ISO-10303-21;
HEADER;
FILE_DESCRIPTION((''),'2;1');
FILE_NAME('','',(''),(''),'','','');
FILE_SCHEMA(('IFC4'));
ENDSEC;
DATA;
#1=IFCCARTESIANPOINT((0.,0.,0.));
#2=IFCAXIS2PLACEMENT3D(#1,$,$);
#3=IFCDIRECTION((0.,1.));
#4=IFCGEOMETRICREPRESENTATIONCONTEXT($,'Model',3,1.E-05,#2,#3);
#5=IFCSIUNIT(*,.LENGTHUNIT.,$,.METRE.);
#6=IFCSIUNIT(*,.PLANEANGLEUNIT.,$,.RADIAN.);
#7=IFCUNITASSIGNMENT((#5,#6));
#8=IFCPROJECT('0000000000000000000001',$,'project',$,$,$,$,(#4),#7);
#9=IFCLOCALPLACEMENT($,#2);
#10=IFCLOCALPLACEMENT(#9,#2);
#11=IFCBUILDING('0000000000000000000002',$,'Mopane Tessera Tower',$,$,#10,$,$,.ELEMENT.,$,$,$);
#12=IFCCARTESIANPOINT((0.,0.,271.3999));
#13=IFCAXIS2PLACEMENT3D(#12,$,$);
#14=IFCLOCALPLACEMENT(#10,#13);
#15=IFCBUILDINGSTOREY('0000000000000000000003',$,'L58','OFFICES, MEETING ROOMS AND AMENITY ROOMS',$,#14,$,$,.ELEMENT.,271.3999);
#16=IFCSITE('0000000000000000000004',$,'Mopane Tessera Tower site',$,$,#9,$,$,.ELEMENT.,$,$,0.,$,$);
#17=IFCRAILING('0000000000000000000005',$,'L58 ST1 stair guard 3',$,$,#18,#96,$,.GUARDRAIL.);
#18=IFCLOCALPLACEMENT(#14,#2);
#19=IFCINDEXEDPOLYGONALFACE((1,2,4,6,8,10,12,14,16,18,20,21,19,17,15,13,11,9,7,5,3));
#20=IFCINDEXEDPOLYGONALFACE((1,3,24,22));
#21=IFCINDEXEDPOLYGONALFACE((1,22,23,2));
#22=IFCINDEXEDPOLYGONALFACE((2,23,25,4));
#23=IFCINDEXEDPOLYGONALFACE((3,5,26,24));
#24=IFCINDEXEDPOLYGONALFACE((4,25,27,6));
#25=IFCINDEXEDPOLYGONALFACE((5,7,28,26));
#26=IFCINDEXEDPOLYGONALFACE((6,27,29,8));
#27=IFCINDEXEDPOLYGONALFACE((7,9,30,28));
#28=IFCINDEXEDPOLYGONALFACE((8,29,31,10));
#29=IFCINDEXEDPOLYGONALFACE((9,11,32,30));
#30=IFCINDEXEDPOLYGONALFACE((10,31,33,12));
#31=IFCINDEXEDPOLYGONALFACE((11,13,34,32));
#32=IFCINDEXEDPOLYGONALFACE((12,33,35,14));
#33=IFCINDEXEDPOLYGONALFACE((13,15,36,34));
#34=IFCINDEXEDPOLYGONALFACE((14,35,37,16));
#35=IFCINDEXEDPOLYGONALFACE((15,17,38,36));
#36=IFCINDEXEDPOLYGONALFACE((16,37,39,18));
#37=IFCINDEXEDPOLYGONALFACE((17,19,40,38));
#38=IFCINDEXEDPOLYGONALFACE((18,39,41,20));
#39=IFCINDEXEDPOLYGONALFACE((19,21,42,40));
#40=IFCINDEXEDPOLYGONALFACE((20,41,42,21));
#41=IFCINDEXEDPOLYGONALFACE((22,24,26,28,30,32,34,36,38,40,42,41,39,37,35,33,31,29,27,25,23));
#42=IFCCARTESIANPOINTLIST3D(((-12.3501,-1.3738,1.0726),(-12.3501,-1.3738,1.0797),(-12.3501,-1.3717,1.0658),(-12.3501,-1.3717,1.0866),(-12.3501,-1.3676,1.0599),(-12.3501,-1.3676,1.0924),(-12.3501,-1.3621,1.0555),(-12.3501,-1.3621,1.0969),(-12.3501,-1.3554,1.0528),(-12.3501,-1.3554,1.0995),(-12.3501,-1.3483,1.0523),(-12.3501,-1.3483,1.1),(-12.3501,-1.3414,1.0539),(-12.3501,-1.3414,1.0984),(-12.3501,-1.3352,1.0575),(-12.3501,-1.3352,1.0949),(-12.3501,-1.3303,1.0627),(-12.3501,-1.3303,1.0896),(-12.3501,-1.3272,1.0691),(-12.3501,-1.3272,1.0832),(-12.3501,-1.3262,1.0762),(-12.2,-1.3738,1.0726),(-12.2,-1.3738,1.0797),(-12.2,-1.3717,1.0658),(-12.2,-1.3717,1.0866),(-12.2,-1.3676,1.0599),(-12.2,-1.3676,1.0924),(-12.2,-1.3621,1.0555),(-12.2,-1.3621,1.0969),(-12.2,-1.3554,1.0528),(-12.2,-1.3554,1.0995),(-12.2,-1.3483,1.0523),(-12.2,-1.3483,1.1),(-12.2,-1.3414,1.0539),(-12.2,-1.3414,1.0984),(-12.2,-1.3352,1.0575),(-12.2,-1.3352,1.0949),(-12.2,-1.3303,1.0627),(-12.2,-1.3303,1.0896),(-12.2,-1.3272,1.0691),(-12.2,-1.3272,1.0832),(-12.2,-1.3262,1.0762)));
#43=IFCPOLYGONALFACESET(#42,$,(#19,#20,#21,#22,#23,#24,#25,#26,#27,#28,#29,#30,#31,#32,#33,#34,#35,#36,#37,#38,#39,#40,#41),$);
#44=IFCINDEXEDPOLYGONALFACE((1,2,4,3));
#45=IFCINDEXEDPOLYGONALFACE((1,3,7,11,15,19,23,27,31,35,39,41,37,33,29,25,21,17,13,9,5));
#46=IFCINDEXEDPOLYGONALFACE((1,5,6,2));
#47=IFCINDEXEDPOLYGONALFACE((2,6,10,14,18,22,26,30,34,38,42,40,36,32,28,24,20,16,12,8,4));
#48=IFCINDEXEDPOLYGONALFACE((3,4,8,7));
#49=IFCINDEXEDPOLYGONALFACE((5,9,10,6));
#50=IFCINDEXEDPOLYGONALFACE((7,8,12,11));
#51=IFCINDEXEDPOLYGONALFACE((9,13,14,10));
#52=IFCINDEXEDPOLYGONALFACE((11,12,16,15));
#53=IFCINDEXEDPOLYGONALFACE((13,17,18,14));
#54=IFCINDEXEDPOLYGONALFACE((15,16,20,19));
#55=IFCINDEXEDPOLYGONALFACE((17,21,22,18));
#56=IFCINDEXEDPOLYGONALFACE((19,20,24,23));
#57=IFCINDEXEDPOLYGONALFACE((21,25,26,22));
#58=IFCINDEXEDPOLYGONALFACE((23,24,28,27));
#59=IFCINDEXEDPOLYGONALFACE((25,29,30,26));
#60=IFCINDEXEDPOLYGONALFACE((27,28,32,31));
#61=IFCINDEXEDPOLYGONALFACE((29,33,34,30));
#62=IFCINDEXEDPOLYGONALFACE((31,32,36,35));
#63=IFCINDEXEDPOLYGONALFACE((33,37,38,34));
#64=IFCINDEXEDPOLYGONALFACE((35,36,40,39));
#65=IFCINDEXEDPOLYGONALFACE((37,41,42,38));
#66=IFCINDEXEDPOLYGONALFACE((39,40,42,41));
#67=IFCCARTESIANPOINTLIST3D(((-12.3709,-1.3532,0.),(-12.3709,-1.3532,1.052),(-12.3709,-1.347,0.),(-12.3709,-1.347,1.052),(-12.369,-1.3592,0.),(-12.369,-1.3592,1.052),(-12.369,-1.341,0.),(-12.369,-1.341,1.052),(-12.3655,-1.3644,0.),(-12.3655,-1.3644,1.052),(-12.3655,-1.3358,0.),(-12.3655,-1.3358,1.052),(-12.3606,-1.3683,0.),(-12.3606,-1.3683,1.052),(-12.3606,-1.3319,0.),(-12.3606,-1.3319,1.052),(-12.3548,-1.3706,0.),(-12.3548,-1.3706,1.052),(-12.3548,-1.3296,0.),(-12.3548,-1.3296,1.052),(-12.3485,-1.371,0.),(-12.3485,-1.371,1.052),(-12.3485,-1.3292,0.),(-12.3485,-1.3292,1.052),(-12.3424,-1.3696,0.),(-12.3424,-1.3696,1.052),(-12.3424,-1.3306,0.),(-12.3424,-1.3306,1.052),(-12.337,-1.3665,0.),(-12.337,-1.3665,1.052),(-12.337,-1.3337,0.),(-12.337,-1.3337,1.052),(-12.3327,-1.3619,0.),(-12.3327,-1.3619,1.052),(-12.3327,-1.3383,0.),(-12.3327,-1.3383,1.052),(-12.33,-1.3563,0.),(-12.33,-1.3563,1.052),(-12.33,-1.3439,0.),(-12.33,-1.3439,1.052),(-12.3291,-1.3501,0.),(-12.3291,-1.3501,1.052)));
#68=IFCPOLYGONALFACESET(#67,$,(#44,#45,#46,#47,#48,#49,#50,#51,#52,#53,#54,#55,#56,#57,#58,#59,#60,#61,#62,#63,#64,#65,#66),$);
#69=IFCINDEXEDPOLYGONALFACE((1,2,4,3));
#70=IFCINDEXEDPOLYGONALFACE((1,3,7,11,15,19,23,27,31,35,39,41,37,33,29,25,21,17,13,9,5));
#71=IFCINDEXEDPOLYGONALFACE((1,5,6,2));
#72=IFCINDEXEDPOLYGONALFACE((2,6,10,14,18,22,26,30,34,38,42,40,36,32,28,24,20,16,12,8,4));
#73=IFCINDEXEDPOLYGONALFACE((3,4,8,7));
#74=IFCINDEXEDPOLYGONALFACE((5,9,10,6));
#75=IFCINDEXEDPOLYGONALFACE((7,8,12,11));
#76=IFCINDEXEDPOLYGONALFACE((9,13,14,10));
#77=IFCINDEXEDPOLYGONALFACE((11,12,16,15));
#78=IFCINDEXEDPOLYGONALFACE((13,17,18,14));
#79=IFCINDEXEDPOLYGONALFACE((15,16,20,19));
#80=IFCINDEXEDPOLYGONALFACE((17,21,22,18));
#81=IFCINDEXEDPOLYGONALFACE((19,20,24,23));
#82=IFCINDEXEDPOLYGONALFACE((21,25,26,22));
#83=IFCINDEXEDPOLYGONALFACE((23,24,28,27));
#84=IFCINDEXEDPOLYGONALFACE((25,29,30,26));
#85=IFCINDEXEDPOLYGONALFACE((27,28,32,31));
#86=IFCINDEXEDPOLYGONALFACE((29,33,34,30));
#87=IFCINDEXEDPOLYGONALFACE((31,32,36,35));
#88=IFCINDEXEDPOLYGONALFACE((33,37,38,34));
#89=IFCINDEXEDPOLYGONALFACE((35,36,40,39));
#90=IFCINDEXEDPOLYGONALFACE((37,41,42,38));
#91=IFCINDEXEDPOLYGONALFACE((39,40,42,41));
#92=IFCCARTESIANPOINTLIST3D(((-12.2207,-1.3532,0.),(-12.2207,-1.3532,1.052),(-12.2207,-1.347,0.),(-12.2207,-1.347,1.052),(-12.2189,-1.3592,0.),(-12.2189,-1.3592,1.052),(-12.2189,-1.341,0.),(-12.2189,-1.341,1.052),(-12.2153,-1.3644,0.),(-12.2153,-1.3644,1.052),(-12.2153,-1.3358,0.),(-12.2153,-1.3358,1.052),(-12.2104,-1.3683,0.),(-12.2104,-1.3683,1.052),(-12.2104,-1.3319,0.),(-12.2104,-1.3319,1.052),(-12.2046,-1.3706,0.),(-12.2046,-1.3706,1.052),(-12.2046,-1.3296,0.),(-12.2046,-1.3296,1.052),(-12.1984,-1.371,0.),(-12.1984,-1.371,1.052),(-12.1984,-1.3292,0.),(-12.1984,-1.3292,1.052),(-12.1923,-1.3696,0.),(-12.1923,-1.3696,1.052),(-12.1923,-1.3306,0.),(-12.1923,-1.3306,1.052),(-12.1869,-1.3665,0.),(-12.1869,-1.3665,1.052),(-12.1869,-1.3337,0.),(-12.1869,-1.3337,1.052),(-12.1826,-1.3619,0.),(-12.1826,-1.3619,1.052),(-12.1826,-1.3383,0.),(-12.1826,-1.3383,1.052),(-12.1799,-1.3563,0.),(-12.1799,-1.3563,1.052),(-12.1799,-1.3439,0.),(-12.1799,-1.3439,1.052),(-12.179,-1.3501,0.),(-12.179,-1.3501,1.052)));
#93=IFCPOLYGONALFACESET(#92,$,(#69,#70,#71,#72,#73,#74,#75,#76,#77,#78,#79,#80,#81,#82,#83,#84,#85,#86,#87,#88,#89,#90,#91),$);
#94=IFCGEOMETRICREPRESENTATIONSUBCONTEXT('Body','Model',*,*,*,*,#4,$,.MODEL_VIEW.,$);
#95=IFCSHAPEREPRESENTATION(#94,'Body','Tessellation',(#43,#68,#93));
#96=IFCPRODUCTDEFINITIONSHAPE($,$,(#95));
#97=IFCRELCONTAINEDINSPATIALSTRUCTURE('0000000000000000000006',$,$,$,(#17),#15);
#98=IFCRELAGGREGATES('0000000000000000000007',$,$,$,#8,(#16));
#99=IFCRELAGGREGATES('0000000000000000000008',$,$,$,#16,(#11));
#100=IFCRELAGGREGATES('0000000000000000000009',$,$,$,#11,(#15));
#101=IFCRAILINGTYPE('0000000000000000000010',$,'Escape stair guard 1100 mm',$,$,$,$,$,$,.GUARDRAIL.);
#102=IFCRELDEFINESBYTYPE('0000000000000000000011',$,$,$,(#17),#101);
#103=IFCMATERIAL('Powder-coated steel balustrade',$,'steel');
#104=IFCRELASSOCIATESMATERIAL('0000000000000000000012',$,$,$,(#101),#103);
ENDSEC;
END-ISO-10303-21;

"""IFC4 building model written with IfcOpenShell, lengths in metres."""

from ifc_helpers import new_model, si_unit, direction, frame, origin, origin_2d, place, context, subcontext, project, spatial, circle, extrude, material, type_object, element, save


model = new_model("IFC4")

# Units and contexts
model_context = context("Model", 3, precision=1e-05, world=origin(), true_north=direction((0.0, 1.0)))
body_context = subcontext(model_context, "Body", "Model", "MODEL_VIEW")
ifc_project = project(units=[si_unit("LENGTHUNIT", "METRE"), si_unit("PLANEANGLEUNIT", "RADIAN")], contexts=[model_context])

# Site, building, storey
site_placement = place(None, origin())
site = spatial("IfcSite", under=ifc_project, at=site_placement, Name="Mopane Tessera Tower site", CompositionType="ELEMENT", RefElevation=0.0)
building_placement = place(site_placement, origin())
building = spatial("IfcBuilding", under=site, at=building_placement, Name="Mopane Tessera Tower", CompositionType="ELEMENT")
storey_placement = place(building_placement, frame((0.0, 0.0, 271.3999)))
storey = spatial("IfcBuildingStorey", under=building, at=storey_placement, Name="L58", Description="OFFICES, MEETING ROOMS AND AMENITY ROOMS", CompositionType="ELEMENT", Elevation=271.3999)

# Railing
ifc_material_1 = material(Name="Powder-coated steel balustrade", Category="steel")
railing_type_1 = type_object("IfcRailingType", Name="Escape stair guard 1100 mm", PredefinedType="GUARDRAIL", material=ifc_material_1)
railing_1_placement = place(storey_placement, frame((-12.3501, -1.3501, 0.0)))
element("IfcRailing", 1, at=railing_1_placement, inside=storey, type_object=railing_type_1, Name="L58 ST1 stair guard 3", PredefinedType="GUARDRAIL", context=body_context, shape_type="SweptSolid", body=[
    extrude(circle(Radius=0.0239, at=origin_2d()), frame((0.0, 0.0, 1.0762), z_axis=(1.0, 0.0, 0.0), x_axis=(0.0, 1.0, 0.0)), (0.0, 0.0, 1.0), 0.1501),
    extrude(circle(Radius=0.021, at=origin_2d()), origin(), (0.0, 0.0, 1.0), 1.052),
    extrude(circle(Radius=0.021, at=origin_2d()), frame((0.1501, 0.0, 0.0)), (0.0, 0.0, 1.0), 1.052),
])

save(model, "model.ifc")
